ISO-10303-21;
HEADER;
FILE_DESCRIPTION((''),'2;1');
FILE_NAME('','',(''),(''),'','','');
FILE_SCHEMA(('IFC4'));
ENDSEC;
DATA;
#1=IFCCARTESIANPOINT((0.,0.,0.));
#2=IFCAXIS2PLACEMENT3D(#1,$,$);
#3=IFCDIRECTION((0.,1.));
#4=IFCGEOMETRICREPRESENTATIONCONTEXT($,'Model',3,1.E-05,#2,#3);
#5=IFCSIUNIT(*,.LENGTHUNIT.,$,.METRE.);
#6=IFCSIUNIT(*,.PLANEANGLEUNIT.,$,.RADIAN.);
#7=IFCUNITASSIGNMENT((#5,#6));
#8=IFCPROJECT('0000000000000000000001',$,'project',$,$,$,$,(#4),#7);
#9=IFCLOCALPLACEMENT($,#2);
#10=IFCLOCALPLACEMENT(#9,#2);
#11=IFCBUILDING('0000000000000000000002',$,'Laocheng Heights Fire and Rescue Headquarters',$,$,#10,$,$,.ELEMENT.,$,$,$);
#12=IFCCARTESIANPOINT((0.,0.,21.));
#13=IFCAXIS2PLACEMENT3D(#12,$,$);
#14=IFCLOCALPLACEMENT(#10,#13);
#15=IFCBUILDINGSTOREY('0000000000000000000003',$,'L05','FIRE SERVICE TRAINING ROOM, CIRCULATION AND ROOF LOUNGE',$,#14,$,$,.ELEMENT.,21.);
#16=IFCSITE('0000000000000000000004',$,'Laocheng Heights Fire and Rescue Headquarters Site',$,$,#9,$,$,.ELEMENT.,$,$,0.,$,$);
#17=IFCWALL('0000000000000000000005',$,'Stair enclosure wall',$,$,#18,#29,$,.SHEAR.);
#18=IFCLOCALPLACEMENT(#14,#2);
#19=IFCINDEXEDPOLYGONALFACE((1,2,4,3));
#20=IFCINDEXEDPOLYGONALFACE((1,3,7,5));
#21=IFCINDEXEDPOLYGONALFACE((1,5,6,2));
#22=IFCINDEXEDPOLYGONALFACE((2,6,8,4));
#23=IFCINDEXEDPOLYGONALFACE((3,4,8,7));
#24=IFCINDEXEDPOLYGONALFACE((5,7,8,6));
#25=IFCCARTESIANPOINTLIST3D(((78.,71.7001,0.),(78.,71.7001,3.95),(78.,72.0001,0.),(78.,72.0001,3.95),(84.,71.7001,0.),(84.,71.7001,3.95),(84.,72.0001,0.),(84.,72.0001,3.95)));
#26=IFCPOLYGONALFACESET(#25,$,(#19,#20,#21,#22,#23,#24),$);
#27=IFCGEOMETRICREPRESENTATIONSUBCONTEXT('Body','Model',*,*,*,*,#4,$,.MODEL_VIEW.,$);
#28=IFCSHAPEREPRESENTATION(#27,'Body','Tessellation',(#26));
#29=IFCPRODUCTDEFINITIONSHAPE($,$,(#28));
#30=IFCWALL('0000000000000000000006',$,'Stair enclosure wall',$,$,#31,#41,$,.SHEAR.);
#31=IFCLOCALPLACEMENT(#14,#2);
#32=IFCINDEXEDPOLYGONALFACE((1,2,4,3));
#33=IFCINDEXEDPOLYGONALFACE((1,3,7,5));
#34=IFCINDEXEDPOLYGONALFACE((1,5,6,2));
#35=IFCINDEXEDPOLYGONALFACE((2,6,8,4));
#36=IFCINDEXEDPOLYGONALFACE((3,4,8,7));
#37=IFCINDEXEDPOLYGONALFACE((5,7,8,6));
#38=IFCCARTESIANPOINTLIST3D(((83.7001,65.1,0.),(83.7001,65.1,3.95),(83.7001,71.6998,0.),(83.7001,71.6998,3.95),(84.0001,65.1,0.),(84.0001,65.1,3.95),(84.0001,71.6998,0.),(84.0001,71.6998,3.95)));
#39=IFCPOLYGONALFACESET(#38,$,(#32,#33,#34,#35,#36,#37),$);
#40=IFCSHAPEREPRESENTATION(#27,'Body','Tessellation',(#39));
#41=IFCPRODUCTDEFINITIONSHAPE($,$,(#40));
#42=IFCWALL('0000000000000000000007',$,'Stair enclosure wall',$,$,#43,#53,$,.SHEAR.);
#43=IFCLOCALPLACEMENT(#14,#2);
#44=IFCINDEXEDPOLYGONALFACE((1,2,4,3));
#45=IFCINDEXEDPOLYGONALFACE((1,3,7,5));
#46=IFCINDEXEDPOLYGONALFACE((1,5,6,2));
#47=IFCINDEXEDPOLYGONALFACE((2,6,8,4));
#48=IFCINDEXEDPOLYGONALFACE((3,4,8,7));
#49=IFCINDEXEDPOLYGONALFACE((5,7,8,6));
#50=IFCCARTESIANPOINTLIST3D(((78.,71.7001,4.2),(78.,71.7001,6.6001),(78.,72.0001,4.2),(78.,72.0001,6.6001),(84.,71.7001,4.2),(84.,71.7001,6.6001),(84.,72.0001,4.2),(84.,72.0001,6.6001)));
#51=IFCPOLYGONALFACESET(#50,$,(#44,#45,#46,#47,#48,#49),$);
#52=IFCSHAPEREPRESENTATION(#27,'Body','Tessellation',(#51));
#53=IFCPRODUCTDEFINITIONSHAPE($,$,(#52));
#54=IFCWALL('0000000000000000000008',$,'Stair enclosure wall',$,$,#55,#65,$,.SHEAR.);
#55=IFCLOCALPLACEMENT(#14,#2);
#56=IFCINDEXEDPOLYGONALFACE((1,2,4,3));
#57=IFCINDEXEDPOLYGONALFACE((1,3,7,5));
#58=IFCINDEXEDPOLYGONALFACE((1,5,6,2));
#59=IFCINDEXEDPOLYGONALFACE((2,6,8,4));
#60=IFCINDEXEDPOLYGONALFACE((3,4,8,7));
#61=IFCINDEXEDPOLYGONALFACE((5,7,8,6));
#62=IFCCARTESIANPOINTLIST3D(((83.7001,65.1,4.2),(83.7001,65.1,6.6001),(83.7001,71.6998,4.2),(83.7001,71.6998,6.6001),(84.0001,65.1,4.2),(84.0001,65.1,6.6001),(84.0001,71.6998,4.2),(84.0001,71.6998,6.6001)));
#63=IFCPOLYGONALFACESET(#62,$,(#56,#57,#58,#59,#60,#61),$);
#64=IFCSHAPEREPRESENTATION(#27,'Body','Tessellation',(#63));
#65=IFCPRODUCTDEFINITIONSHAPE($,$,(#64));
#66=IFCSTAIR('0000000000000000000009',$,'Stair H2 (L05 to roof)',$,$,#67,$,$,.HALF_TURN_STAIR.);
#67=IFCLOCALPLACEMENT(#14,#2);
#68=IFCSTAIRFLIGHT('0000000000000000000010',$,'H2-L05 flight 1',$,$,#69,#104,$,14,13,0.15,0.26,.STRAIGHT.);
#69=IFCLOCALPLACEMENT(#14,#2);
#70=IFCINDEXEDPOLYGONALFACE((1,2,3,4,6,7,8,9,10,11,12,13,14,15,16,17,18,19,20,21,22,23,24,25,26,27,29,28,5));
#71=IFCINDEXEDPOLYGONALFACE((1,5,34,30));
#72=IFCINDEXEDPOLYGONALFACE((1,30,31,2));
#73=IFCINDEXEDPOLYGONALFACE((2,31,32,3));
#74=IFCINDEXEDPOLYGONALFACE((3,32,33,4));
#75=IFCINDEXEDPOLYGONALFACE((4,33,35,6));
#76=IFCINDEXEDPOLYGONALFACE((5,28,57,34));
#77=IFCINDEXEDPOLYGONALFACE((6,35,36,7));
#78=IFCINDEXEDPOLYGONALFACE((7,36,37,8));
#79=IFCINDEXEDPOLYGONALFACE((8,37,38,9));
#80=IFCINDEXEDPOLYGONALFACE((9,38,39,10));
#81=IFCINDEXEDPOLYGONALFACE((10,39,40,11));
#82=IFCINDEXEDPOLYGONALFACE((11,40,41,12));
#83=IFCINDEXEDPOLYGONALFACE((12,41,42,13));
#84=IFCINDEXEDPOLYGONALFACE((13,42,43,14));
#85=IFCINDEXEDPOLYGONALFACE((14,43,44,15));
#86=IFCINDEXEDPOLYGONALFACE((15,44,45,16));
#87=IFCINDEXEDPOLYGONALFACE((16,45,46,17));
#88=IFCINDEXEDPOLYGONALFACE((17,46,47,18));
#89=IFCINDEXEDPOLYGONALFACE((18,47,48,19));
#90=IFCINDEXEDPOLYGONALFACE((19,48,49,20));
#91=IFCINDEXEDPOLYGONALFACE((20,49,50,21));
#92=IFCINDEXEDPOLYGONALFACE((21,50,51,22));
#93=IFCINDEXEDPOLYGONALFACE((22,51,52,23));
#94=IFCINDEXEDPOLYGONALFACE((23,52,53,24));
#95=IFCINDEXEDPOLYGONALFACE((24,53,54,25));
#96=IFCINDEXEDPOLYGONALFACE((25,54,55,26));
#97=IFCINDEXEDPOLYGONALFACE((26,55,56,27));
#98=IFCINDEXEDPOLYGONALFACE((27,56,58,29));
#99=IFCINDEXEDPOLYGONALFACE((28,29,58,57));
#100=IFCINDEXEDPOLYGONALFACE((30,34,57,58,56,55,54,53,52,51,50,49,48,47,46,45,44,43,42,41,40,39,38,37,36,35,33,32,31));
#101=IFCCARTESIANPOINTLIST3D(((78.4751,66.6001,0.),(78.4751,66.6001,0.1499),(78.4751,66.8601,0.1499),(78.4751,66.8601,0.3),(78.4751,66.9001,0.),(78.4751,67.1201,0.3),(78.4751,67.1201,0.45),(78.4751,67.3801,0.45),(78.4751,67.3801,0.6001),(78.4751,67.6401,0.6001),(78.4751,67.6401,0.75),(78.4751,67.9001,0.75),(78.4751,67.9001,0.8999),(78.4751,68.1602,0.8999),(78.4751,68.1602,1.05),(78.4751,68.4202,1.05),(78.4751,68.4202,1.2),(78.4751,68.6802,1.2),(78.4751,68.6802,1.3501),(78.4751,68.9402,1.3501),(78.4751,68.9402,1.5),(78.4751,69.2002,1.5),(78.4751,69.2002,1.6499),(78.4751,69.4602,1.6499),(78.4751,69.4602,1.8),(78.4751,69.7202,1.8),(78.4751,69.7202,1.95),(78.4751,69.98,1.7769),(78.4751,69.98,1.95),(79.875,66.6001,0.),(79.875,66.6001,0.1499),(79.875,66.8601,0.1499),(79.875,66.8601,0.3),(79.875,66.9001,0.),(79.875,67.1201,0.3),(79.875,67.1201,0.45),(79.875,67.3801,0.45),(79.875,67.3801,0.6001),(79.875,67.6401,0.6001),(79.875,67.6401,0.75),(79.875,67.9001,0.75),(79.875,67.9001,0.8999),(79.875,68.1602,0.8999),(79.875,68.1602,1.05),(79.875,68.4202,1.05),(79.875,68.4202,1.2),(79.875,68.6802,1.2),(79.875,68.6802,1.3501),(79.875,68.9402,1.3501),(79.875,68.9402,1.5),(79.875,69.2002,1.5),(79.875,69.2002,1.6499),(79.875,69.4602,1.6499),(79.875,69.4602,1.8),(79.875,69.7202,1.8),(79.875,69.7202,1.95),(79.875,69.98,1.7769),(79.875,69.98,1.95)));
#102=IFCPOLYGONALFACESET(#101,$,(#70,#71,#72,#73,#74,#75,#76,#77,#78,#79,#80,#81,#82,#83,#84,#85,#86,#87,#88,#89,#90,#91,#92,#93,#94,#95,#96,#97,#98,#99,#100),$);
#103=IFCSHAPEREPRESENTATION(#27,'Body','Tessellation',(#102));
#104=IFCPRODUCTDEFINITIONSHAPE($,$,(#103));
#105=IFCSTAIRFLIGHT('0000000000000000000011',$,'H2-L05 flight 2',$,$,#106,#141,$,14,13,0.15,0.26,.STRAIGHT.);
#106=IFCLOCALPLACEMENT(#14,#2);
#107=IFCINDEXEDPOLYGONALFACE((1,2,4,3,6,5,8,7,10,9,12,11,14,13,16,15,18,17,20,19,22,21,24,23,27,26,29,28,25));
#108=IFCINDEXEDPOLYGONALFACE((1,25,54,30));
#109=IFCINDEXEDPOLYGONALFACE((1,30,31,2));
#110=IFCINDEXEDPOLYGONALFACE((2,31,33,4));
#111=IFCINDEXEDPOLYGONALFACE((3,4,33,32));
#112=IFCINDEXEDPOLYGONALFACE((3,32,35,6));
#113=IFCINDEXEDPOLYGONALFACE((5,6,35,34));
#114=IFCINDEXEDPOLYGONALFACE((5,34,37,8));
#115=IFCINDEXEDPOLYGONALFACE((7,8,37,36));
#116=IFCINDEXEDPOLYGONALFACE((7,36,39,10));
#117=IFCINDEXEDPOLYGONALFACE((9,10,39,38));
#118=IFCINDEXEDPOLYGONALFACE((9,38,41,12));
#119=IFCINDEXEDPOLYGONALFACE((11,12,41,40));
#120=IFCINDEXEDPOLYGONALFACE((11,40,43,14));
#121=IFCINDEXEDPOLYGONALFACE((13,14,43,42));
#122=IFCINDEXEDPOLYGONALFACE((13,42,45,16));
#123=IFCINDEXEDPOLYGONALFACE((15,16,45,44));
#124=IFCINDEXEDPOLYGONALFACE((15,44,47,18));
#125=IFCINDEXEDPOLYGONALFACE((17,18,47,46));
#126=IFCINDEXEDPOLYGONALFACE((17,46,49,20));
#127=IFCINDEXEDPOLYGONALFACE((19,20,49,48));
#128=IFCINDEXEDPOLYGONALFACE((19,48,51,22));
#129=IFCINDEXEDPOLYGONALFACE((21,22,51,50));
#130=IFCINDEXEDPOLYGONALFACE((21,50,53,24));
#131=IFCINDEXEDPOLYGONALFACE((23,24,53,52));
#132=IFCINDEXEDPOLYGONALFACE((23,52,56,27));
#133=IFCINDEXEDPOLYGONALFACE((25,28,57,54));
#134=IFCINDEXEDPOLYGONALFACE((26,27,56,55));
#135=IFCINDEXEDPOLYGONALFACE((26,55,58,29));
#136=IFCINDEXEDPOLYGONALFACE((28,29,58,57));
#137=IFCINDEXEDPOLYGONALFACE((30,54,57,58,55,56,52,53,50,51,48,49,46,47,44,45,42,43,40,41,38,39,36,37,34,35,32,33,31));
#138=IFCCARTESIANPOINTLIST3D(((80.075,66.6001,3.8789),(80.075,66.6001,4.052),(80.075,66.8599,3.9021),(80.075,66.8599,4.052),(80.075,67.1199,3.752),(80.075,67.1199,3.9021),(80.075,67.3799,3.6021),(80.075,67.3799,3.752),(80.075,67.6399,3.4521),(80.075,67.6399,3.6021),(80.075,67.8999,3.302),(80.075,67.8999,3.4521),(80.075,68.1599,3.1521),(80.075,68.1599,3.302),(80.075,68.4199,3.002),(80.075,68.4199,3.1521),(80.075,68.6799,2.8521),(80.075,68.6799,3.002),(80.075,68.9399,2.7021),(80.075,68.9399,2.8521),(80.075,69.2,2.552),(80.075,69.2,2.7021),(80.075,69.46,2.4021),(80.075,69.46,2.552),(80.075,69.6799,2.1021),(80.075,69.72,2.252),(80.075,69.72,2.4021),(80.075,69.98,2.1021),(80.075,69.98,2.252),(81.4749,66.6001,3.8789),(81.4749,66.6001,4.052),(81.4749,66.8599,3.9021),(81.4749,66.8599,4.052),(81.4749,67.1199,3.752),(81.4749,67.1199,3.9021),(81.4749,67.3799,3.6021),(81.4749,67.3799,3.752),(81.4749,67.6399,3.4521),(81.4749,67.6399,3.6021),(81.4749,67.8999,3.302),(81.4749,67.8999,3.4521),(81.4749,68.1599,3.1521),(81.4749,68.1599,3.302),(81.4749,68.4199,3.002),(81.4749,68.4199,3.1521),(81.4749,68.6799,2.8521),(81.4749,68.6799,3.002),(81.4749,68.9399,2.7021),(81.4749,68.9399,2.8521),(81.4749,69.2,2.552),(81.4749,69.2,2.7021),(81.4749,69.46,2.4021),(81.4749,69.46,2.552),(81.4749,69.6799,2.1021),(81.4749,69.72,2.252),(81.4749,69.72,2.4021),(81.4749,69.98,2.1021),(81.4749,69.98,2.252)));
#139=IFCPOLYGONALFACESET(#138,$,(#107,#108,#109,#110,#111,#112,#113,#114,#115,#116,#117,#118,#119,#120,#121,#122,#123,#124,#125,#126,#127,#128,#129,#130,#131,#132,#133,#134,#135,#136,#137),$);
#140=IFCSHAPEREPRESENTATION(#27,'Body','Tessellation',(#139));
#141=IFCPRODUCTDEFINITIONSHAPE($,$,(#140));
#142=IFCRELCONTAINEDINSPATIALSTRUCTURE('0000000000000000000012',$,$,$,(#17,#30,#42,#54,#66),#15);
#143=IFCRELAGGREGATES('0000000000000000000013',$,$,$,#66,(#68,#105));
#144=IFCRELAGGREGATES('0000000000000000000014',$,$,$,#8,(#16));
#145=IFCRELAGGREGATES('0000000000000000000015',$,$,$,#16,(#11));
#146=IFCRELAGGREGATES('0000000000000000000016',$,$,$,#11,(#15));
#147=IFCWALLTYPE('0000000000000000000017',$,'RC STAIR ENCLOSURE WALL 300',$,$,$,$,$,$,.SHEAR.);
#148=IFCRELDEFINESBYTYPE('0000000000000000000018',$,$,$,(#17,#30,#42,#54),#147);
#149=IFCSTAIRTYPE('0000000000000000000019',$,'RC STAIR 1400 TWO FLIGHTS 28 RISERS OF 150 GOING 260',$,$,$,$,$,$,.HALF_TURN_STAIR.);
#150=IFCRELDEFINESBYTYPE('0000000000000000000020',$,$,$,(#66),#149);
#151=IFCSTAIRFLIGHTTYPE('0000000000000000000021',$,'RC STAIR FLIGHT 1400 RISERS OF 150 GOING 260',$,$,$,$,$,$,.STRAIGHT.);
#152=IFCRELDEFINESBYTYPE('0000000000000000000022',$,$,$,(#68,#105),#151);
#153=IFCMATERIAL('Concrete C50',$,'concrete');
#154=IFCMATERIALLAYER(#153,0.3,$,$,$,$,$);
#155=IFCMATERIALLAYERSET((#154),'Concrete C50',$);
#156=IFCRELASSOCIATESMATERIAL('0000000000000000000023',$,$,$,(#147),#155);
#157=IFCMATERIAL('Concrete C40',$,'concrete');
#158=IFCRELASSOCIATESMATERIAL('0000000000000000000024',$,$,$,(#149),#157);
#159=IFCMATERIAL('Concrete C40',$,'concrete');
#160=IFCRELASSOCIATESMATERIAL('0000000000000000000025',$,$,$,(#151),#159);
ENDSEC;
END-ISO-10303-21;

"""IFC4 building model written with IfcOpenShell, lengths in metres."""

from ifc_helpers import new_model, si_unit, direction, frame, frame_2d, origin, place, context, subcontext, project, spatial, polyline, rectangle, outline, extrude, material, layer, layer_set, type_object, element, aggregate, save


model = new_model("IFC4")

# Units and contexts
model_context = context("Model", 3, precision=1e-05, world=origin(), true_north=direction((0.0, 1.0)))
body_context = subcontext(model_context, "Body", "Model", "MODEL_VIEW")
ifc_project = project(units=[si_unit("LENGTHUNIT", "METRE"), si_unit("PLANEANGLEUNIT", "RADIAN")], contexts=[model_context])

# Site, building, storey
site_placement = place(None, origin())
site = spatial("IfcSite", under=ifc_project, at=site_placement, Name="Laocheng Heights Fire and Rescue Headquarters Site", CompositionType="ELEMENT", RefElevation=0.0)
building_placement = place(site_placement, origin())
building = spatial("IfcBuilding", under=site, at=building_placement, Name="Laocheng Heights Fire and Rescue Headquarters", CompositionType="ELEMENT")
storey_placement = place(building_placement, frame((0.0, 0.0, 21.0)))
storey = spatial("IfcBuildingStorey", under=building, at=storey_placement, Name="L05", Description="FIRE SERVICE TRAINING ROOM, CIRCULATION AND ROOF LOUNGE", CompositionType="ELEMENT", Elevation=21.0)

# Walls
ifc_material_1 = material(Name="Concrete C50", Category="concrete")
ifc_layer = layer(ifc_material_1, 0.3)
ifc_layer_set = layer_set([ifc_layer], Name="Concrete C50")
wall_type = type_object("IfcWallType", Name="RC STAIR ENCLOSURE WALL 300", PredefinedType="SHEAR", material=ifc_layer_set)
wall_1_placement = place(storey_placement, frame((78.0, 71.8501, 0.0), z_axis=(0.0, 0.0, 1.0), x_axis=(1.0, 0.0, 0.0)))
element("IfcWall", 1, at=wall_1_placement, inside=storey, type_object=wall_type, Name="Stair enclosure wall", PredefinedType="SHEAR", context=body_context, shape_type="SweptSolid", body=[
    extrude(rectangle(XDim=6.0, YDim=0.3, at=frame_2d((3.0, 0.0))), origin(), (0.0, 0.0, 1.0), 3.95),
])
wall_2_placement = place(storey_placement, frame((83.8501, 65.1001, 0.0), z_axis=(0.0, 0.0, 1.0), x_axis=(0.0, 1.0, 0.0)))
element("IfcWall", 2, at=wall_2_placement, inside=storey, type_object=wall_type, Name="Stair enclosure wall", PredefinedType="SHEAR", context=body_context, shape_type="SweptSolid", body=[
    extrude(rectangle(XDim=6.5999, YDim=0.3, at=frame_2d((3.2998, 0.0))), origin(), (0.0, 0.0, 1.0), 3.95),
])
wall_3_placement = place(storey_placement, frame((78.0, 71.8501, 4.2), z_axis=(0.0, 0.0, 1.0), x_axis=(1.0, 0.0, 0.0)))
element("IfcWall", 3, at=wall_3_placement, inside=storey, type_object=wall_type, Name="Stair enclosure wall", PredefinedType="SHEAR", context=body_context, shape_type="SweptSolid", body=[
    extrude(rectangle(XDim=6.0, YDim=0.3, at=frame_2d((3.0, 0.0))), origin(), (0.0, 0.0, 1.0), 2.4001),
])
wall_4_placement = place(storey_placement, frame((83.8501, 65.1001, 4.2), z_axis=(0.0, 0.0, 1.0), x_axis=(0.0, 1.0, 0.0)))
element("IfcWall", 4, at=wall_4_placement, inside=storey, type_object=wall_type, Name="Stair enclosure wall", PredefinedType="SHEAR", context=body_context, shape_type="SweptSolid", body=[
    extrude(rectangle(XDim=6.5999, YDim=0.3, at=frame_2d((3.2998, 0.0))), origin(), (0.0, 0.0, 1.0), 2.4001),
])

# Stair, stair flights
ifc_material_2 = material(Name="Concrete C40", Category="concrete")
stair_type = type_object("IfcStairType", Name="RC STAIR 1400 TWO FLIGHTS 28 RISERS OF 150 GOING 260", PredefinedType="HALF_TURN_STAIR", material=ifc_material_2)
stair_placement = place(storey_placement, origin())
stair = element("IfcStair", 5, at=stair_placement, inside=storey, type_object=stair_type, Name="Stair H2 (L05 to roof)", PredefinedType="HALF_TURN_STAIR")
ifc_material_3 = material(Name="Concrete C40", Category="concrete")
stair_flight_type = type_object("IfcStairFlightType", Name="RC STAIR FLIGHT 1400 RISERS OF 150 GOING 260", PredefinedType="STRAIGHT", material=ifc_material_3)
stair_flight_1_placement = place(storey_placement, frame((79.175, 66.6001, 0.0), z_axis=(0.0, 0.0, 1.0), x_axis=(0.0, 1.0, 0.0)))
stair_flight_1 = element("IfcStairFlight", 6, at=stair_flight_1_placement, type_object=stair_flight_type, Name="H2-L05 flight 1", NumberOfRisers=14, NumberOfTreads=13, PredefinedType="STRAIGHT", RiserHeight=0.15, TreadLength=0.26, context=body_context, shape_type="SweptSolid", body=[
    extrude(outline(polyline([(0.0, 0.0), (0.0, 0.1499), (0.26, 0.1499), (0.26, 0.3), (0.52, 0.3), (0.52, 0.45), (0.78, 0.45), (0.78, 0.6001), (1.04, 0.6001), (1.04, 0.75), (1.3, 0.75), (1.3, 0.8999), (1.5601, 0.8999), (1.5601, 1.05), (1.8201, 1.05), (1.8201, 1.2), (2.0801, 1.2), (2.0801, 1.3501), (2.3401, 1.3501), (2.3401, 1.5), (2.6001, 1.5), (2.6001, 1.6499), (2.8601, 1.6499), (2.8601, 1.8), (3.1201, 1.8), (3.1201, 1.95), (3.3799, 1.95), (3.3799, 2.1001), (3.3799, 1.7769), (0.3, 0.0), (0.0, 0.0)])), frame((0.0, 0.7, 0.0), z_axis=(0.0, -1.0, 0.0), x_axis=(1.0, 0.0, 0.0)), (0.0, 0.0, 1.0), 1.3999),
])
stair_flight_2_placement = place(storey_placement, frame((80.7749, 69.98, 2.1021), z_axis=(0.0, 0.0, 1.0), x_axis=(0.0, -1.0, 0.0)))
stair_flight_2 = element("IfcStairFlight", 7, at=stair_flight_2_placement, type_object=stair_flight_type, Name="H2-L05 flight 2", NumberOfRisers=14, NumberOfTreads=13, PredefinedType="STRAIGHT", RiserHeight=0.15, TreadLength=0.26, context=body_context, shape_type="SweptSolid", body=[
    extrude(outline(polyline([(0.0, 0.0), (0.0, 0.1499), (0.26, 0.1499), (0.26, 0.3), (0.52, 0.3), (0.52, 0.45), (0.78, 0.45), (0.78, 0.6001), (1.04, 0.6001), (1.04, 0.75), (1.3, 0.75), (1.3, 0.8999), (1.5601, 0.8999), (1.5601, 1.05), (1.8201, 1.05), (1.8201, 1.2), (2.0801, 1.2), (2.0801, 1.3501), (2.3401, 1.3501), (2.3401, 1.5), (2.6001, 1.5), (2.6001, 1.6499), (2.8601, 1.6499), (2.8601, 1.8), (3.1201, 1.8), (3.1201, 1.95), (3.3799, 1.95), (3.3799, 2.1001), (3.3799, 1.7769), (0.3, 0.0), (0.0, 0.0)])), frame((0.0, 0.7, 0.0), z_axis=(0.0, -1.0, 0.0), x_axis=(1.0, 0.0, 0.0)), (0.0, 0.0, 1.0), 1.3999),
])
aggregate(stair, [stair_flight_1, stair_flight_2])

save(model, "model.ifc")
